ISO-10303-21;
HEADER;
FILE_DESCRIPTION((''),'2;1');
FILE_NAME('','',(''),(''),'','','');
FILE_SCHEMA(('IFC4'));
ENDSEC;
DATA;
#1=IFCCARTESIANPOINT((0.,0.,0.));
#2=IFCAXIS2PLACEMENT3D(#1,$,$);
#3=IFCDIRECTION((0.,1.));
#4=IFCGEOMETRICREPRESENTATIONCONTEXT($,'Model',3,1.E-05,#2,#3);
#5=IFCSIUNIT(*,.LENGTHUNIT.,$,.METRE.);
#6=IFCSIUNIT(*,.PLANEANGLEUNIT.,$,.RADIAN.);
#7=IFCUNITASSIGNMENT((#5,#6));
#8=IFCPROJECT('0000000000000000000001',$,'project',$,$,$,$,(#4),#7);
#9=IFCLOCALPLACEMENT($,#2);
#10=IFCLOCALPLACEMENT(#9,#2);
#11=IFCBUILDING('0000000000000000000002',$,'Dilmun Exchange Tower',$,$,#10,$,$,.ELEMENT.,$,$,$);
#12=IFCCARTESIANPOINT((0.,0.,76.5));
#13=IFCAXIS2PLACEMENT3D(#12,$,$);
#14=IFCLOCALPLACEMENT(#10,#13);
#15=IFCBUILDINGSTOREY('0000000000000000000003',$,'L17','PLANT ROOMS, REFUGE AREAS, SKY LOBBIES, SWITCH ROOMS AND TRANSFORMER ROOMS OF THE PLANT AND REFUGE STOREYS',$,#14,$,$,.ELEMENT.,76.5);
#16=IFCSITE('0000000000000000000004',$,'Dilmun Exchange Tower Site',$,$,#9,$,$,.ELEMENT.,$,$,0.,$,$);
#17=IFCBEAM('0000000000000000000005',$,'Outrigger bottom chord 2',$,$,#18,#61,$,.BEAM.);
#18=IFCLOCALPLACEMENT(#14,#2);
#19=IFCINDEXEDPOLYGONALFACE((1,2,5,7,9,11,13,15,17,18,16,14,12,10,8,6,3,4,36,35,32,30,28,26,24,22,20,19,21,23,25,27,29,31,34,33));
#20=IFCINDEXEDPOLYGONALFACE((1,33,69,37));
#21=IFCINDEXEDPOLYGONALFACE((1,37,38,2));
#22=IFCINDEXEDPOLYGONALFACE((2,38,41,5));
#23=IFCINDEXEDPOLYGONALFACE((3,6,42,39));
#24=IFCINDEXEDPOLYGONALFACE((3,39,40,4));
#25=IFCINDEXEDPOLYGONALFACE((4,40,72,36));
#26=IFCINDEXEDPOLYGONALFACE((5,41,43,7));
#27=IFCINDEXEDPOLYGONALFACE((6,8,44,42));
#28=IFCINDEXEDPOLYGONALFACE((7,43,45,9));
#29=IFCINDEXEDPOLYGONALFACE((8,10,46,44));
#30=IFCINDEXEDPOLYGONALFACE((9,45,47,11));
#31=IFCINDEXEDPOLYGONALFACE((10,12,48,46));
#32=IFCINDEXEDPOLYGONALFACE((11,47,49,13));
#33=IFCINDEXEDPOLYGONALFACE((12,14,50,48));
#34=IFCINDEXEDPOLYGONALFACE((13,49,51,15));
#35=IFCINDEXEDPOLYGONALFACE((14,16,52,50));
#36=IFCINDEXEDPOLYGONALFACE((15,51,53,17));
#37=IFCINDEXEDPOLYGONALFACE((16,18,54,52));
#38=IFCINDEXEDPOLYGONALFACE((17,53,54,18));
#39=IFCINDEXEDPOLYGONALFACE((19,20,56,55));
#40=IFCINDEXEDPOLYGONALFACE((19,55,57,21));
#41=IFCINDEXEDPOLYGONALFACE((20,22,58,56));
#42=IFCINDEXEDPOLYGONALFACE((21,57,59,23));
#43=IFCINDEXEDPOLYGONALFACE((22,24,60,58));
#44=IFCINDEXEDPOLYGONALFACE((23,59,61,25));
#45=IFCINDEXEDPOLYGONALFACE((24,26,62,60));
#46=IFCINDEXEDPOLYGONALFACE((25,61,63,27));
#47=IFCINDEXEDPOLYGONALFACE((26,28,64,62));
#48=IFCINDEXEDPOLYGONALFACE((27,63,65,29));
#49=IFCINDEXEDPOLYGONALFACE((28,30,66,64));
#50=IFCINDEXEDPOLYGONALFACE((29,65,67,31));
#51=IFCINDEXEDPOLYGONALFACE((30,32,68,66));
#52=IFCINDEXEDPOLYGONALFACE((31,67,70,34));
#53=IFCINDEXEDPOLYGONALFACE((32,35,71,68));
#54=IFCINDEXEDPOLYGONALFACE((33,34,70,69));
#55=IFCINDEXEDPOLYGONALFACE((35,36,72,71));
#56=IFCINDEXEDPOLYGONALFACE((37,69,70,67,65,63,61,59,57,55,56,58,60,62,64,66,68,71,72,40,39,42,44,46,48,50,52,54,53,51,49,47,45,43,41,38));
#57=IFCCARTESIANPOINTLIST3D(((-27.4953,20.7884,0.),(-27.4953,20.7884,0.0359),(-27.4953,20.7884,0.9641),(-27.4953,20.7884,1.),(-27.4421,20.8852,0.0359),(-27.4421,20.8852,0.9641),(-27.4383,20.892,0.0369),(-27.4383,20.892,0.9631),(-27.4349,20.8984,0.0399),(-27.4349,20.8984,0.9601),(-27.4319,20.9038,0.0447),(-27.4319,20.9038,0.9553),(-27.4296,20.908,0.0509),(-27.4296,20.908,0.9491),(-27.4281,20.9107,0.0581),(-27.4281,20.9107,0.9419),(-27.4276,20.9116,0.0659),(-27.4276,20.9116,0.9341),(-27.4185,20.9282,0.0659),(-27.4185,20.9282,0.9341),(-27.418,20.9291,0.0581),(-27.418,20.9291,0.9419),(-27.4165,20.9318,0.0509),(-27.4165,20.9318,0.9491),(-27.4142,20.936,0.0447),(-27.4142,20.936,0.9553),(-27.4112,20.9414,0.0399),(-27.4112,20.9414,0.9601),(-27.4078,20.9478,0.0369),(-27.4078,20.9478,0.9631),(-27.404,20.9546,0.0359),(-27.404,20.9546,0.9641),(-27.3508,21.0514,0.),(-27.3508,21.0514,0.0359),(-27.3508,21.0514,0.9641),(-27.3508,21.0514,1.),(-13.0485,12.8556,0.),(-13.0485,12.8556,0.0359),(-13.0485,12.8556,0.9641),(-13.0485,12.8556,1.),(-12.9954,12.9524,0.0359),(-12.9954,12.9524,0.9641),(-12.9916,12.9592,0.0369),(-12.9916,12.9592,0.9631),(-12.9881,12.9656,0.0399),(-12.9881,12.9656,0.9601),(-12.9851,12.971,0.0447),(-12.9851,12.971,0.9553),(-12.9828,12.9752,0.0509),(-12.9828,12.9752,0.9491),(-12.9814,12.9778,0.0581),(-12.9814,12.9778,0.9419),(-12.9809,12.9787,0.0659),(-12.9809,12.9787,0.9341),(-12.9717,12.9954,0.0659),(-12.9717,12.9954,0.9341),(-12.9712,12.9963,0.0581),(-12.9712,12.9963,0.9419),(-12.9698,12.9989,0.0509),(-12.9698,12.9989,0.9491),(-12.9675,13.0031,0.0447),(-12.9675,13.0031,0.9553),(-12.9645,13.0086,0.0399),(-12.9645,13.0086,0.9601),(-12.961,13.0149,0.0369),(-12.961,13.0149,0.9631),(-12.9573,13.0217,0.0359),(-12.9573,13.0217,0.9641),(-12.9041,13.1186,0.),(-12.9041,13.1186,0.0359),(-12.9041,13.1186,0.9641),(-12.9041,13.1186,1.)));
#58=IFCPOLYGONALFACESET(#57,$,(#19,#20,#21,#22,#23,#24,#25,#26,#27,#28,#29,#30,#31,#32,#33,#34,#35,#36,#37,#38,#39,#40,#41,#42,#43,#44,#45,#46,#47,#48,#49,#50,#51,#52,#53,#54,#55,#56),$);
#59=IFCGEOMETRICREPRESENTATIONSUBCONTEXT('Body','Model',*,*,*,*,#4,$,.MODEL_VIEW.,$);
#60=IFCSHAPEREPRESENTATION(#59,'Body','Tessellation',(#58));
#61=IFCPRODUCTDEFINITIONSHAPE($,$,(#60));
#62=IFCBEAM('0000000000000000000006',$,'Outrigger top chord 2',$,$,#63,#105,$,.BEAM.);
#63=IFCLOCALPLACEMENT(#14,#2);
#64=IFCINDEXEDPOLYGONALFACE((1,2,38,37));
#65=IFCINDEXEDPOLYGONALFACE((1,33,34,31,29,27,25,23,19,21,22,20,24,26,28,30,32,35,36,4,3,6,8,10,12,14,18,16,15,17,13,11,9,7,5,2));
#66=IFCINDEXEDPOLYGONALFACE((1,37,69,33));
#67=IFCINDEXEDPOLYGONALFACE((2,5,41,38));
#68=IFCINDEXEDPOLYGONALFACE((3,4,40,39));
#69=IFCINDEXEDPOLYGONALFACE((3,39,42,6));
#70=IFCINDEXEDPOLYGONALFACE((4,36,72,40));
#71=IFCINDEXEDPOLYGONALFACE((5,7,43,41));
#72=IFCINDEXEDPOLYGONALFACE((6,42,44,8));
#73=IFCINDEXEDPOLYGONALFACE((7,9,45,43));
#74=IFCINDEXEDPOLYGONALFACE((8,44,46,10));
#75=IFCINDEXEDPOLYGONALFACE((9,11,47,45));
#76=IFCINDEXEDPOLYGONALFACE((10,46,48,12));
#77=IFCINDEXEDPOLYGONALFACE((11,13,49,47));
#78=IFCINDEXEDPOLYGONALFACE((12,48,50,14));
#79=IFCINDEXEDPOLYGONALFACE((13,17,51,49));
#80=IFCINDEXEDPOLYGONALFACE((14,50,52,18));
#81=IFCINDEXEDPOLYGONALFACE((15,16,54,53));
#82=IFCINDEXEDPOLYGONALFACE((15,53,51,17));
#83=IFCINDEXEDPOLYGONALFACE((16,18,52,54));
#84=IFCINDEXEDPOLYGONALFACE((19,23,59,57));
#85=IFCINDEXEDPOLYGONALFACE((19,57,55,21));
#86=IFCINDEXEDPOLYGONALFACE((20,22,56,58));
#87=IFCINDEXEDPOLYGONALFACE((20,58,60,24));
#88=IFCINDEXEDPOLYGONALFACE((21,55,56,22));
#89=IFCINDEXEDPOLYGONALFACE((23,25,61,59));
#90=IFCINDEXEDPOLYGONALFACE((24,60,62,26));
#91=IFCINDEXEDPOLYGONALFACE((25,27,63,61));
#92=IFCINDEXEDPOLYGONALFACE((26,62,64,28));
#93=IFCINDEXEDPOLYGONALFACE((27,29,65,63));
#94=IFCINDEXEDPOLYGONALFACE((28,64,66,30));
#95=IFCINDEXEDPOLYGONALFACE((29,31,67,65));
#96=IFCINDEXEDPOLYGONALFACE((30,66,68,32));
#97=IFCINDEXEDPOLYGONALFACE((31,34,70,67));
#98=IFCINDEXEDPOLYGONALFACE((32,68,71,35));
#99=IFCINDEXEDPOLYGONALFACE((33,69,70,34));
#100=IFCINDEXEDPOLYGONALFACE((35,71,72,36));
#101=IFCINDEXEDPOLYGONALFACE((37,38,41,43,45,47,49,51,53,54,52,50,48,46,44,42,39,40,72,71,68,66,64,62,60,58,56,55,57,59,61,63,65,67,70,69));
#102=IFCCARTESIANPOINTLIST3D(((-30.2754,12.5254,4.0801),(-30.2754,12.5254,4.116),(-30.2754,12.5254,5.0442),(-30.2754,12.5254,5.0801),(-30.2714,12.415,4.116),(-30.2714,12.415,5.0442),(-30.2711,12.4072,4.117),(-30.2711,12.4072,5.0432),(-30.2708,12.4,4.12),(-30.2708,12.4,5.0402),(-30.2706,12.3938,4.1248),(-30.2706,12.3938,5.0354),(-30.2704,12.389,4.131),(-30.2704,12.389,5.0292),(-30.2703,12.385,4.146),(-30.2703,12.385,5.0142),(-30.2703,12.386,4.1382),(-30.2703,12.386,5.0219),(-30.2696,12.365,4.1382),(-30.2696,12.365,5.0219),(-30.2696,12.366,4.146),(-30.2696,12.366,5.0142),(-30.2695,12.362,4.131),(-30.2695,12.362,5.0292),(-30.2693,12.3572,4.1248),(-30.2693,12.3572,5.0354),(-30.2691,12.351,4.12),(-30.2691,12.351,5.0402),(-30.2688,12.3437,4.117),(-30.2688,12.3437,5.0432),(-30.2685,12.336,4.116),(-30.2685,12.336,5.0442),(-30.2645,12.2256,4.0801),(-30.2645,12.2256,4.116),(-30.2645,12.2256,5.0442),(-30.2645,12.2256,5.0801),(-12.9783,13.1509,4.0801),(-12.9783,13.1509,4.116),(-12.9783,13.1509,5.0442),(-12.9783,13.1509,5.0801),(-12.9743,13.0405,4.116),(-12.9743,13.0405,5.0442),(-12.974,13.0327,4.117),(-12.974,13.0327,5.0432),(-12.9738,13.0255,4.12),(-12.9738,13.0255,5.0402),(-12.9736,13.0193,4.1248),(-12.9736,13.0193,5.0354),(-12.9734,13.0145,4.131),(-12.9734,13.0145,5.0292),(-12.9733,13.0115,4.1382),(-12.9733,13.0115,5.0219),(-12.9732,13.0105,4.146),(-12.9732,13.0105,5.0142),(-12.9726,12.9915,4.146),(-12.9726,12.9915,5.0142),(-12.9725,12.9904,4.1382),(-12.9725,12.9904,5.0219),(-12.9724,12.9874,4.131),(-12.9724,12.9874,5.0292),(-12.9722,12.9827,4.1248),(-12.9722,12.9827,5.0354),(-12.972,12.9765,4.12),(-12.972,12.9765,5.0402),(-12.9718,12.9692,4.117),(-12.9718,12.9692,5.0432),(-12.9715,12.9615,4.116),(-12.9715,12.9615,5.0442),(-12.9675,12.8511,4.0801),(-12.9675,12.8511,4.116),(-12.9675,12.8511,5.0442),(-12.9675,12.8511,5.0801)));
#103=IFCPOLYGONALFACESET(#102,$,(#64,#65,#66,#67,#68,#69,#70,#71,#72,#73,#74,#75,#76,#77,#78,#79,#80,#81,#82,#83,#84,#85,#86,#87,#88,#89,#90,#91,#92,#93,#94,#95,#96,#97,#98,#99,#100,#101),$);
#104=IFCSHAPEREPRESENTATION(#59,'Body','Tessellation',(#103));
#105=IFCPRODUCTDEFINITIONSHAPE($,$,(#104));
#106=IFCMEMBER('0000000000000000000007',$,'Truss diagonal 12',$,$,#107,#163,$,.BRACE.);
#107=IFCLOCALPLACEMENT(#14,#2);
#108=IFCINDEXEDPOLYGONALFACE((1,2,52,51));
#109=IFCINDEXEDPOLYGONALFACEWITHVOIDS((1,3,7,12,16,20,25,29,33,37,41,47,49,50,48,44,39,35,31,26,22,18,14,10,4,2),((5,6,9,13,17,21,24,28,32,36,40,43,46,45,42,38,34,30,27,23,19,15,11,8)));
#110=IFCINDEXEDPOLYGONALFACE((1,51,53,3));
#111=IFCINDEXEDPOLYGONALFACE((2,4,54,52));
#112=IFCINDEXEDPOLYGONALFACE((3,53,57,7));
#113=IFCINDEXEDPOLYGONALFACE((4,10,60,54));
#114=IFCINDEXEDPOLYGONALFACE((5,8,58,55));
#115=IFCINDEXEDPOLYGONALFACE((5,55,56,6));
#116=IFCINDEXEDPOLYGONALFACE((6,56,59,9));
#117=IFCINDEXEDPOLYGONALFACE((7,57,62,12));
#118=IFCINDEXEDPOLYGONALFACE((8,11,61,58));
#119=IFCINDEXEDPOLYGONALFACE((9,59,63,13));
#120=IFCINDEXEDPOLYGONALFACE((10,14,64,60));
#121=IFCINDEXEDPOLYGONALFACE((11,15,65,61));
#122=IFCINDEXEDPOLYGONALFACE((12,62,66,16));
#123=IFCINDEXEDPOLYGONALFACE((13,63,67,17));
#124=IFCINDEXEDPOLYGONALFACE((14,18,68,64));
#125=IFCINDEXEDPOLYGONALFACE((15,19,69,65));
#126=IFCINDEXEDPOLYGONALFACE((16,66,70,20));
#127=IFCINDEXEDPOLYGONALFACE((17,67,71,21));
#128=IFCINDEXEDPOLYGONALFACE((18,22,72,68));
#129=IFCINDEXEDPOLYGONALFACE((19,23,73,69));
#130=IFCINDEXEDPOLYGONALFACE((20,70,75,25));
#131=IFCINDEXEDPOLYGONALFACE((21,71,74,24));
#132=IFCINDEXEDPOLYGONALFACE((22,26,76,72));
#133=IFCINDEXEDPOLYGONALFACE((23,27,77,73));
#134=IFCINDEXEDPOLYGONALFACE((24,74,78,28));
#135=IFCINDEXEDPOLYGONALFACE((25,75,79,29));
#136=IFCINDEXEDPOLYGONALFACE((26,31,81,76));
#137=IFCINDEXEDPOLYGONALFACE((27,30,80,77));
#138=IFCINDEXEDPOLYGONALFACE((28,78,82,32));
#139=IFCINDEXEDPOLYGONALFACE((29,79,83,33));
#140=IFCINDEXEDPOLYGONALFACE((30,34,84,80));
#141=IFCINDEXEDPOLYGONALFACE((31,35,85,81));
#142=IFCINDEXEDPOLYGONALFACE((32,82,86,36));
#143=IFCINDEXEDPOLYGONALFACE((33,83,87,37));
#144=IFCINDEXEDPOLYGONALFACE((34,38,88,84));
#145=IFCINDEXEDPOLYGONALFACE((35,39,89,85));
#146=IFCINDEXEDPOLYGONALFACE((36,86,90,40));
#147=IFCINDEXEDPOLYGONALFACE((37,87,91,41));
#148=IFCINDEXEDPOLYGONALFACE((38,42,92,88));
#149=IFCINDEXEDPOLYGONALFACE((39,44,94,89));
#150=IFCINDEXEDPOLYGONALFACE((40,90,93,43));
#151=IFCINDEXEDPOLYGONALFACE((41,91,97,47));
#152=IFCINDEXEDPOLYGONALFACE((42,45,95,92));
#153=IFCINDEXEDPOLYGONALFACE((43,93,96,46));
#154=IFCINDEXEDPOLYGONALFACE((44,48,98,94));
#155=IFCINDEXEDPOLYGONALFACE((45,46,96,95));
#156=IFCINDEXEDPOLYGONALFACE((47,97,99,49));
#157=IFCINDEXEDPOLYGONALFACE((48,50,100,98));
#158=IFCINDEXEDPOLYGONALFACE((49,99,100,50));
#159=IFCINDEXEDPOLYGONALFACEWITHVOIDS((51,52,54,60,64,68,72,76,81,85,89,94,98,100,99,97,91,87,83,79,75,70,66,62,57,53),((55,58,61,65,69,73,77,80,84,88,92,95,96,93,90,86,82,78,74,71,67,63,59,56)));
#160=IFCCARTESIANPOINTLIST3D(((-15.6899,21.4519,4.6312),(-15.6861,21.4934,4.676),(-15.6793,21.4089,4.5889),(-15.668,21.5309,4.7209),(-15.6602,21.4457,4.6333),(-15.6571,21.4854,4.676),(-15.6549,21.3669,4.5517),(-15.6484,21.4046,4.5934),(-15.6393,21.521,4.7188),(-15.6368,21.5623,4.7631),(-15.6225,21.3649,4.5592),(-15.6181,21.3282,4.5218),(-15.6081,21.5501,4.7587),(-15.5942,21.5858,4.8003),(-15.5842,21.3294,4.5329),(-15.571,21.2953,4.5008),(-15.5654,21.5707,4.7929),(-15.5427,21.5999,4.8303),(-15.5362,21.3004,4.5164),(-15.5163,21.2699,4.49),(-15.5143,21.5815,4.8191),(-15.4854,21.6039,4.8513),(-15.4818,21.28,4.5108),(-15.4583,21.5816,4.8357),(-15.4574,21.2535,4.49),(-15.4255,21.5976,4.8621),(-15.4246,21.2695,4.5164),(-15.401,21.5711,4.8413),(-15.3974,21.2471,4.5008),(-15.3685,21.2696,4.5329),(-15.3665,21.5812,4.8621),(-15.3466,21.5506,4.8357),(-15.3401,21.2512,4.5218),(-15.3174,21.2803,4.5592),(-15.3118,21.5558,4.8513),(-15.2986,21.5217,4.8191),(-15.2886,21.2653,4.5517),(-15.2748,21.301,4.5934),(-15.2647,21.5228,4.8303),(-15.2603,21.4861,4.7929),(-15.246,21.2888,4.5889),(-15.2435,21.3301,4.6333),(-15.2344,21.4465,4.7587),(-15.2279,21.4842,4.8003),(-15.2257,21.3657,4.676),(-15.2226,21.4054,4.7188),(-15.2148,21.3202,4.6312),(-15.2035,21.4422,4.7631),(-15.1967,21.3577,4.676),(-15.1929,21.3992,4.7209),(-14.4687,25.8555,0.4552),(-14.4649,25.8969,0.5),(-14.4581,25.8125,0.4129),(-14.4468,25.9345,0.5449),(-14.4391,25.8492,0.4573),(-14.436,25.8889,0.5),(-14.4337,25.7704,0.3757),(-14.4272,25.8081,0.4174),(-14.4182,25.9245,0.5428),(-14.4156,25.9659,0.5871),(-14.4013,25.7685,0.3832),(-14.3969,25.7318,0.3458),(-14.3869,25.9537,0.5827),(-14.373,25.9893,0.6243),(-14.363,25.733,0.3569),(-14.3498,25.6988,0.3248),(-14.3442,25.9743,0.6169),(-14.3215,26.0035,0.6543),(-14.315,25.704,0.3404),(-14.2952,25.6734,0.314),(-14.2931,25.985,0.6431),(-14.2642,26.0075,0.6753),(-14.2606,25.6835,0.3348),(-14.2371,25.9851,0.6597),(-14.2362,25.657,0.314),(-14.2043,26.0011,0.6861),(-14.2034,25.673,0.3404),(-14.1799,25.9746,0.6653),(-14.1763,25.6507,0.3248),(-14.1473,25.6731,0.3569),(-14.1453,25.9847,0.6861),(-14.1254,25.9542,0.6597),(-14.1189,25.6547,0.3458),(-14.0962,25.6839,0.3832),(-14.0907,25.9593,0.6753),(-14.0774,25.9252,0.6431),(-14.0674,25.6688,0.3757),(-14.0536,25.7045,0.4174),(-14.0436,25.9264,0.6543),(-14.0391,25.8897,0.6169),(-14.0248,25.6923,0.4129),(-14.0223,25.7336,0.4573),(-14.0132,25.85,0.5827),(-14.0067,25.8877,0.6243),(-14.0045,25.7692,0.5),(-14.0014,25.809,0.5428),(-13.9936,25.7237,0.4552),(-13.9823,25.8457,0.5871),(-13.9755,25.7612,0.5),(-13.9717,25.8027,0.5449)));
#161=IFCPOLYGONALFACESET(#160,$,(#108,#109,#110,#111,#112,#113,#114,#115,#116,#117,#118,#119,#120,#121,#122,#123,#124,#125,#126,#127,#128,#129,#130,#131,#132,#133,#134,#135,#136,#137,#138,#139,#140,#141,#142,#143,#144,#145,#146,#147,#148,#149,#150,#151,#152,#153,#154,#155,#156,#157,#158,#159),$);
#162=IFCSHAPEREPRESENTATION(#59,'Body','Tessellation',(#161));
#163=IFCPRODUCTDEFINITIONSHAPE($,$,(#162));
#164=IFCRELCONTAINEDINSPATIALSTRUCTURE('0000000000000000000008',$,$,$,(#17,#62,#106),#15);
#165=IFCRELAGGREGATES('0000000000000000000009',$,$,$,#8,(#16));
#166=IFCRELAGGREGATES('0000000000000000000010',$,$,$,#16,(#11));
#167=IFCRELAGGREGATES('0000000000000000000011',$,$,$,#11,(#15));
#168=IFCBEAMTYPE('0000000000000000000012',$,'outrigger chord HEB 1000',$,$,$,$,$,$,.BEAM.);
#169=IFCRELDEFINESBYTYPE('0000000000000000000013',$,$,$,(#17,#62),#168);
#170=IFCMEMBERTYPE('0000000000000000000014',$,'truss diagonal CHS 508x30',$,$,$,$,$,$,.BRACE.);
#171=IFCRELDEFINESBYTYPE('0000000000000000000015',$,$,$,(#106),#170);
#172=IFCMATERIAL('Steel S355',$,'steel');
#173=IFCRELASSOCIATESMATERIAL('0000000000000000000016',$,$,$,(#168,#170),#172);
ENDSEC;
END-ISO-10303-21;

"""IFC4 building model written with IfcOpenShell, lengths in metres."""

from ifc_helpers import new_model, si_unit, direction, frame, origin, origin_2d, place, context, subcontext, project, spatial, hollow_circle, i_section, extrude, material, material_profile, profile_set, type_object, element, save


model = new_model("IFC4")

# Units and contexts
model_context = context("Model", 3, precision=1e-05, world=origin(), true_north=direction((0.0, 1.0)))
body_context = subcontext(model_context, "Body", "Model", "MODEL_VIEW")
ifc_project = project(units=[si_unit("LENGTHUNIT", "METRE"), si_unit("PLANEANGLEUNIT", "RADIAN")], contexts=[model_context])

# Site, building, storey
site_placement = place(None, origin())
site = spatial("IfcSite", under=ifc_project, at=site_placement, Name="Dilmun Exchange Tower Site", CompositionType="ELEMENT", RefElevation=0.0)
building_placement = place(site_placement, origin())
building = spatial("IfcBuilding", under=site, at=building_placement, Name="Dilmun Exchange Tower", CompositionType="ELEMENT")
storey_placement = place(building_placement, frame((0.0, 0.0, 76.5)))
storey = spatial("IfcBuildingStorey", under=building, at=storey_placement, Name="L17", Description="PLANT ROOMS, REFUGE AREAS, SKY LOBBIES, SWITCH ROOMS AND TRANSFORMER ROOMS OF THE PLANT AND REFUGE STOREYS", CompositionType="ELEMENT", Elevation=76.5)

# Beams
ifc_material_1 = material(Name="Steel S355", Category="steel")
ifc_material_profile_1 = material_profile(ifc_material_1, i_section(OverallWidth=0.3, OverallDepth=1.0, WebThickness=0.019, FlangeThickness=0.0359, FilletRadius=0.03, at=origin_2d()), Name="HEB 1000")
ifc_profile_set_1 = profile_set([ifc_material_profile_1], Name="Steel S355")
beam_type = type_object("IfcBeamType", Name="outrigger chord HEB 1000", PredefinedType="BEAM", material=ifc_profile_set_1)
beam_1_placement = place(storey_placement, frame((-12.9763, 12.9871, 0.5), z_axis=(-0.876545, 0.481319, 0.0), x_axis=(-0.481319, -0.876545, 0.0)))
element("IfcBeam", 1, at=beam_1_placement, inside=storey, type_object=beam_type, Name="Outrigger bottom chord 2", PredefinedType="BEAM", context=body_context, shape_type="SweptSolid", body=[
    extrude(i_section(OverallWidth=0.3, OverallDepth=1.0, WebThickness=0.019, FlangeThickness=0.0359, FilletRadius=0.03, at=origin_2d()), origin(), (0.0, 0.0, 1.0), 16.4814),
])
beam_2_placement = place(storey_placement, frame((-12.9729, 13.001, 4.5801), z_axis=(-0.999347, -0.036138, 0.0), x_axis=(0.036138, -0.999347, 0.0)))
element("IfcBeam", 2, at=beam_2_placement, inside=storey, type_object=beam_type, Name="Outrigger top chord 2", PredefinedType="BEAM", context=body_context, shape_type="SweptSolid", body=[
    extrude(i_section(OverallWidth=0.3, OverallDepth=1.0, WebThickness=0.019, FlangeThickness=0.0359, FilletRadius=0.03, at=origin_2d()), origin(), (0.0, 0.0, 1.0), 17.3083),
])

# Member
ifc_material_profile_2 = material_profile(ifc_material_1, hollow_circle(Radius=0.2539, WallThickness=0.03, at=origin_2d()), Name="CHS 508x30")
ifc_profile_set_2 = profile_set([ifc_material_profile_2], Name="Steel S355")
member_type = type_object("IfcMemberType", Name="truss diagonal CHS 508x30", PredefinedType="BRACE", material=ifc_profile_set_2)
member_1_placement = place(storey_placement, frame((-15.4414, 21.4255, 4.676), z_axis=(0.19727, 0.711346, -0.67459), x_axis=(-0.963632, 0.267233, 0.0)))
element("IfcMember", 3, at=member_1_placement, inside=storey, type_object=member_type, Name="Truss diagonal 12", PredefinedType="BRACE", context=body_context, shape_type="SweptSolid", body=[
    extrude(hollow_circle(Radius=0.2539, WallThickness=0.03, at=origin_2d()), origin(), (0.0, 0.0, 1.0), 6.1904),
])

save(model, "model.ifc")
